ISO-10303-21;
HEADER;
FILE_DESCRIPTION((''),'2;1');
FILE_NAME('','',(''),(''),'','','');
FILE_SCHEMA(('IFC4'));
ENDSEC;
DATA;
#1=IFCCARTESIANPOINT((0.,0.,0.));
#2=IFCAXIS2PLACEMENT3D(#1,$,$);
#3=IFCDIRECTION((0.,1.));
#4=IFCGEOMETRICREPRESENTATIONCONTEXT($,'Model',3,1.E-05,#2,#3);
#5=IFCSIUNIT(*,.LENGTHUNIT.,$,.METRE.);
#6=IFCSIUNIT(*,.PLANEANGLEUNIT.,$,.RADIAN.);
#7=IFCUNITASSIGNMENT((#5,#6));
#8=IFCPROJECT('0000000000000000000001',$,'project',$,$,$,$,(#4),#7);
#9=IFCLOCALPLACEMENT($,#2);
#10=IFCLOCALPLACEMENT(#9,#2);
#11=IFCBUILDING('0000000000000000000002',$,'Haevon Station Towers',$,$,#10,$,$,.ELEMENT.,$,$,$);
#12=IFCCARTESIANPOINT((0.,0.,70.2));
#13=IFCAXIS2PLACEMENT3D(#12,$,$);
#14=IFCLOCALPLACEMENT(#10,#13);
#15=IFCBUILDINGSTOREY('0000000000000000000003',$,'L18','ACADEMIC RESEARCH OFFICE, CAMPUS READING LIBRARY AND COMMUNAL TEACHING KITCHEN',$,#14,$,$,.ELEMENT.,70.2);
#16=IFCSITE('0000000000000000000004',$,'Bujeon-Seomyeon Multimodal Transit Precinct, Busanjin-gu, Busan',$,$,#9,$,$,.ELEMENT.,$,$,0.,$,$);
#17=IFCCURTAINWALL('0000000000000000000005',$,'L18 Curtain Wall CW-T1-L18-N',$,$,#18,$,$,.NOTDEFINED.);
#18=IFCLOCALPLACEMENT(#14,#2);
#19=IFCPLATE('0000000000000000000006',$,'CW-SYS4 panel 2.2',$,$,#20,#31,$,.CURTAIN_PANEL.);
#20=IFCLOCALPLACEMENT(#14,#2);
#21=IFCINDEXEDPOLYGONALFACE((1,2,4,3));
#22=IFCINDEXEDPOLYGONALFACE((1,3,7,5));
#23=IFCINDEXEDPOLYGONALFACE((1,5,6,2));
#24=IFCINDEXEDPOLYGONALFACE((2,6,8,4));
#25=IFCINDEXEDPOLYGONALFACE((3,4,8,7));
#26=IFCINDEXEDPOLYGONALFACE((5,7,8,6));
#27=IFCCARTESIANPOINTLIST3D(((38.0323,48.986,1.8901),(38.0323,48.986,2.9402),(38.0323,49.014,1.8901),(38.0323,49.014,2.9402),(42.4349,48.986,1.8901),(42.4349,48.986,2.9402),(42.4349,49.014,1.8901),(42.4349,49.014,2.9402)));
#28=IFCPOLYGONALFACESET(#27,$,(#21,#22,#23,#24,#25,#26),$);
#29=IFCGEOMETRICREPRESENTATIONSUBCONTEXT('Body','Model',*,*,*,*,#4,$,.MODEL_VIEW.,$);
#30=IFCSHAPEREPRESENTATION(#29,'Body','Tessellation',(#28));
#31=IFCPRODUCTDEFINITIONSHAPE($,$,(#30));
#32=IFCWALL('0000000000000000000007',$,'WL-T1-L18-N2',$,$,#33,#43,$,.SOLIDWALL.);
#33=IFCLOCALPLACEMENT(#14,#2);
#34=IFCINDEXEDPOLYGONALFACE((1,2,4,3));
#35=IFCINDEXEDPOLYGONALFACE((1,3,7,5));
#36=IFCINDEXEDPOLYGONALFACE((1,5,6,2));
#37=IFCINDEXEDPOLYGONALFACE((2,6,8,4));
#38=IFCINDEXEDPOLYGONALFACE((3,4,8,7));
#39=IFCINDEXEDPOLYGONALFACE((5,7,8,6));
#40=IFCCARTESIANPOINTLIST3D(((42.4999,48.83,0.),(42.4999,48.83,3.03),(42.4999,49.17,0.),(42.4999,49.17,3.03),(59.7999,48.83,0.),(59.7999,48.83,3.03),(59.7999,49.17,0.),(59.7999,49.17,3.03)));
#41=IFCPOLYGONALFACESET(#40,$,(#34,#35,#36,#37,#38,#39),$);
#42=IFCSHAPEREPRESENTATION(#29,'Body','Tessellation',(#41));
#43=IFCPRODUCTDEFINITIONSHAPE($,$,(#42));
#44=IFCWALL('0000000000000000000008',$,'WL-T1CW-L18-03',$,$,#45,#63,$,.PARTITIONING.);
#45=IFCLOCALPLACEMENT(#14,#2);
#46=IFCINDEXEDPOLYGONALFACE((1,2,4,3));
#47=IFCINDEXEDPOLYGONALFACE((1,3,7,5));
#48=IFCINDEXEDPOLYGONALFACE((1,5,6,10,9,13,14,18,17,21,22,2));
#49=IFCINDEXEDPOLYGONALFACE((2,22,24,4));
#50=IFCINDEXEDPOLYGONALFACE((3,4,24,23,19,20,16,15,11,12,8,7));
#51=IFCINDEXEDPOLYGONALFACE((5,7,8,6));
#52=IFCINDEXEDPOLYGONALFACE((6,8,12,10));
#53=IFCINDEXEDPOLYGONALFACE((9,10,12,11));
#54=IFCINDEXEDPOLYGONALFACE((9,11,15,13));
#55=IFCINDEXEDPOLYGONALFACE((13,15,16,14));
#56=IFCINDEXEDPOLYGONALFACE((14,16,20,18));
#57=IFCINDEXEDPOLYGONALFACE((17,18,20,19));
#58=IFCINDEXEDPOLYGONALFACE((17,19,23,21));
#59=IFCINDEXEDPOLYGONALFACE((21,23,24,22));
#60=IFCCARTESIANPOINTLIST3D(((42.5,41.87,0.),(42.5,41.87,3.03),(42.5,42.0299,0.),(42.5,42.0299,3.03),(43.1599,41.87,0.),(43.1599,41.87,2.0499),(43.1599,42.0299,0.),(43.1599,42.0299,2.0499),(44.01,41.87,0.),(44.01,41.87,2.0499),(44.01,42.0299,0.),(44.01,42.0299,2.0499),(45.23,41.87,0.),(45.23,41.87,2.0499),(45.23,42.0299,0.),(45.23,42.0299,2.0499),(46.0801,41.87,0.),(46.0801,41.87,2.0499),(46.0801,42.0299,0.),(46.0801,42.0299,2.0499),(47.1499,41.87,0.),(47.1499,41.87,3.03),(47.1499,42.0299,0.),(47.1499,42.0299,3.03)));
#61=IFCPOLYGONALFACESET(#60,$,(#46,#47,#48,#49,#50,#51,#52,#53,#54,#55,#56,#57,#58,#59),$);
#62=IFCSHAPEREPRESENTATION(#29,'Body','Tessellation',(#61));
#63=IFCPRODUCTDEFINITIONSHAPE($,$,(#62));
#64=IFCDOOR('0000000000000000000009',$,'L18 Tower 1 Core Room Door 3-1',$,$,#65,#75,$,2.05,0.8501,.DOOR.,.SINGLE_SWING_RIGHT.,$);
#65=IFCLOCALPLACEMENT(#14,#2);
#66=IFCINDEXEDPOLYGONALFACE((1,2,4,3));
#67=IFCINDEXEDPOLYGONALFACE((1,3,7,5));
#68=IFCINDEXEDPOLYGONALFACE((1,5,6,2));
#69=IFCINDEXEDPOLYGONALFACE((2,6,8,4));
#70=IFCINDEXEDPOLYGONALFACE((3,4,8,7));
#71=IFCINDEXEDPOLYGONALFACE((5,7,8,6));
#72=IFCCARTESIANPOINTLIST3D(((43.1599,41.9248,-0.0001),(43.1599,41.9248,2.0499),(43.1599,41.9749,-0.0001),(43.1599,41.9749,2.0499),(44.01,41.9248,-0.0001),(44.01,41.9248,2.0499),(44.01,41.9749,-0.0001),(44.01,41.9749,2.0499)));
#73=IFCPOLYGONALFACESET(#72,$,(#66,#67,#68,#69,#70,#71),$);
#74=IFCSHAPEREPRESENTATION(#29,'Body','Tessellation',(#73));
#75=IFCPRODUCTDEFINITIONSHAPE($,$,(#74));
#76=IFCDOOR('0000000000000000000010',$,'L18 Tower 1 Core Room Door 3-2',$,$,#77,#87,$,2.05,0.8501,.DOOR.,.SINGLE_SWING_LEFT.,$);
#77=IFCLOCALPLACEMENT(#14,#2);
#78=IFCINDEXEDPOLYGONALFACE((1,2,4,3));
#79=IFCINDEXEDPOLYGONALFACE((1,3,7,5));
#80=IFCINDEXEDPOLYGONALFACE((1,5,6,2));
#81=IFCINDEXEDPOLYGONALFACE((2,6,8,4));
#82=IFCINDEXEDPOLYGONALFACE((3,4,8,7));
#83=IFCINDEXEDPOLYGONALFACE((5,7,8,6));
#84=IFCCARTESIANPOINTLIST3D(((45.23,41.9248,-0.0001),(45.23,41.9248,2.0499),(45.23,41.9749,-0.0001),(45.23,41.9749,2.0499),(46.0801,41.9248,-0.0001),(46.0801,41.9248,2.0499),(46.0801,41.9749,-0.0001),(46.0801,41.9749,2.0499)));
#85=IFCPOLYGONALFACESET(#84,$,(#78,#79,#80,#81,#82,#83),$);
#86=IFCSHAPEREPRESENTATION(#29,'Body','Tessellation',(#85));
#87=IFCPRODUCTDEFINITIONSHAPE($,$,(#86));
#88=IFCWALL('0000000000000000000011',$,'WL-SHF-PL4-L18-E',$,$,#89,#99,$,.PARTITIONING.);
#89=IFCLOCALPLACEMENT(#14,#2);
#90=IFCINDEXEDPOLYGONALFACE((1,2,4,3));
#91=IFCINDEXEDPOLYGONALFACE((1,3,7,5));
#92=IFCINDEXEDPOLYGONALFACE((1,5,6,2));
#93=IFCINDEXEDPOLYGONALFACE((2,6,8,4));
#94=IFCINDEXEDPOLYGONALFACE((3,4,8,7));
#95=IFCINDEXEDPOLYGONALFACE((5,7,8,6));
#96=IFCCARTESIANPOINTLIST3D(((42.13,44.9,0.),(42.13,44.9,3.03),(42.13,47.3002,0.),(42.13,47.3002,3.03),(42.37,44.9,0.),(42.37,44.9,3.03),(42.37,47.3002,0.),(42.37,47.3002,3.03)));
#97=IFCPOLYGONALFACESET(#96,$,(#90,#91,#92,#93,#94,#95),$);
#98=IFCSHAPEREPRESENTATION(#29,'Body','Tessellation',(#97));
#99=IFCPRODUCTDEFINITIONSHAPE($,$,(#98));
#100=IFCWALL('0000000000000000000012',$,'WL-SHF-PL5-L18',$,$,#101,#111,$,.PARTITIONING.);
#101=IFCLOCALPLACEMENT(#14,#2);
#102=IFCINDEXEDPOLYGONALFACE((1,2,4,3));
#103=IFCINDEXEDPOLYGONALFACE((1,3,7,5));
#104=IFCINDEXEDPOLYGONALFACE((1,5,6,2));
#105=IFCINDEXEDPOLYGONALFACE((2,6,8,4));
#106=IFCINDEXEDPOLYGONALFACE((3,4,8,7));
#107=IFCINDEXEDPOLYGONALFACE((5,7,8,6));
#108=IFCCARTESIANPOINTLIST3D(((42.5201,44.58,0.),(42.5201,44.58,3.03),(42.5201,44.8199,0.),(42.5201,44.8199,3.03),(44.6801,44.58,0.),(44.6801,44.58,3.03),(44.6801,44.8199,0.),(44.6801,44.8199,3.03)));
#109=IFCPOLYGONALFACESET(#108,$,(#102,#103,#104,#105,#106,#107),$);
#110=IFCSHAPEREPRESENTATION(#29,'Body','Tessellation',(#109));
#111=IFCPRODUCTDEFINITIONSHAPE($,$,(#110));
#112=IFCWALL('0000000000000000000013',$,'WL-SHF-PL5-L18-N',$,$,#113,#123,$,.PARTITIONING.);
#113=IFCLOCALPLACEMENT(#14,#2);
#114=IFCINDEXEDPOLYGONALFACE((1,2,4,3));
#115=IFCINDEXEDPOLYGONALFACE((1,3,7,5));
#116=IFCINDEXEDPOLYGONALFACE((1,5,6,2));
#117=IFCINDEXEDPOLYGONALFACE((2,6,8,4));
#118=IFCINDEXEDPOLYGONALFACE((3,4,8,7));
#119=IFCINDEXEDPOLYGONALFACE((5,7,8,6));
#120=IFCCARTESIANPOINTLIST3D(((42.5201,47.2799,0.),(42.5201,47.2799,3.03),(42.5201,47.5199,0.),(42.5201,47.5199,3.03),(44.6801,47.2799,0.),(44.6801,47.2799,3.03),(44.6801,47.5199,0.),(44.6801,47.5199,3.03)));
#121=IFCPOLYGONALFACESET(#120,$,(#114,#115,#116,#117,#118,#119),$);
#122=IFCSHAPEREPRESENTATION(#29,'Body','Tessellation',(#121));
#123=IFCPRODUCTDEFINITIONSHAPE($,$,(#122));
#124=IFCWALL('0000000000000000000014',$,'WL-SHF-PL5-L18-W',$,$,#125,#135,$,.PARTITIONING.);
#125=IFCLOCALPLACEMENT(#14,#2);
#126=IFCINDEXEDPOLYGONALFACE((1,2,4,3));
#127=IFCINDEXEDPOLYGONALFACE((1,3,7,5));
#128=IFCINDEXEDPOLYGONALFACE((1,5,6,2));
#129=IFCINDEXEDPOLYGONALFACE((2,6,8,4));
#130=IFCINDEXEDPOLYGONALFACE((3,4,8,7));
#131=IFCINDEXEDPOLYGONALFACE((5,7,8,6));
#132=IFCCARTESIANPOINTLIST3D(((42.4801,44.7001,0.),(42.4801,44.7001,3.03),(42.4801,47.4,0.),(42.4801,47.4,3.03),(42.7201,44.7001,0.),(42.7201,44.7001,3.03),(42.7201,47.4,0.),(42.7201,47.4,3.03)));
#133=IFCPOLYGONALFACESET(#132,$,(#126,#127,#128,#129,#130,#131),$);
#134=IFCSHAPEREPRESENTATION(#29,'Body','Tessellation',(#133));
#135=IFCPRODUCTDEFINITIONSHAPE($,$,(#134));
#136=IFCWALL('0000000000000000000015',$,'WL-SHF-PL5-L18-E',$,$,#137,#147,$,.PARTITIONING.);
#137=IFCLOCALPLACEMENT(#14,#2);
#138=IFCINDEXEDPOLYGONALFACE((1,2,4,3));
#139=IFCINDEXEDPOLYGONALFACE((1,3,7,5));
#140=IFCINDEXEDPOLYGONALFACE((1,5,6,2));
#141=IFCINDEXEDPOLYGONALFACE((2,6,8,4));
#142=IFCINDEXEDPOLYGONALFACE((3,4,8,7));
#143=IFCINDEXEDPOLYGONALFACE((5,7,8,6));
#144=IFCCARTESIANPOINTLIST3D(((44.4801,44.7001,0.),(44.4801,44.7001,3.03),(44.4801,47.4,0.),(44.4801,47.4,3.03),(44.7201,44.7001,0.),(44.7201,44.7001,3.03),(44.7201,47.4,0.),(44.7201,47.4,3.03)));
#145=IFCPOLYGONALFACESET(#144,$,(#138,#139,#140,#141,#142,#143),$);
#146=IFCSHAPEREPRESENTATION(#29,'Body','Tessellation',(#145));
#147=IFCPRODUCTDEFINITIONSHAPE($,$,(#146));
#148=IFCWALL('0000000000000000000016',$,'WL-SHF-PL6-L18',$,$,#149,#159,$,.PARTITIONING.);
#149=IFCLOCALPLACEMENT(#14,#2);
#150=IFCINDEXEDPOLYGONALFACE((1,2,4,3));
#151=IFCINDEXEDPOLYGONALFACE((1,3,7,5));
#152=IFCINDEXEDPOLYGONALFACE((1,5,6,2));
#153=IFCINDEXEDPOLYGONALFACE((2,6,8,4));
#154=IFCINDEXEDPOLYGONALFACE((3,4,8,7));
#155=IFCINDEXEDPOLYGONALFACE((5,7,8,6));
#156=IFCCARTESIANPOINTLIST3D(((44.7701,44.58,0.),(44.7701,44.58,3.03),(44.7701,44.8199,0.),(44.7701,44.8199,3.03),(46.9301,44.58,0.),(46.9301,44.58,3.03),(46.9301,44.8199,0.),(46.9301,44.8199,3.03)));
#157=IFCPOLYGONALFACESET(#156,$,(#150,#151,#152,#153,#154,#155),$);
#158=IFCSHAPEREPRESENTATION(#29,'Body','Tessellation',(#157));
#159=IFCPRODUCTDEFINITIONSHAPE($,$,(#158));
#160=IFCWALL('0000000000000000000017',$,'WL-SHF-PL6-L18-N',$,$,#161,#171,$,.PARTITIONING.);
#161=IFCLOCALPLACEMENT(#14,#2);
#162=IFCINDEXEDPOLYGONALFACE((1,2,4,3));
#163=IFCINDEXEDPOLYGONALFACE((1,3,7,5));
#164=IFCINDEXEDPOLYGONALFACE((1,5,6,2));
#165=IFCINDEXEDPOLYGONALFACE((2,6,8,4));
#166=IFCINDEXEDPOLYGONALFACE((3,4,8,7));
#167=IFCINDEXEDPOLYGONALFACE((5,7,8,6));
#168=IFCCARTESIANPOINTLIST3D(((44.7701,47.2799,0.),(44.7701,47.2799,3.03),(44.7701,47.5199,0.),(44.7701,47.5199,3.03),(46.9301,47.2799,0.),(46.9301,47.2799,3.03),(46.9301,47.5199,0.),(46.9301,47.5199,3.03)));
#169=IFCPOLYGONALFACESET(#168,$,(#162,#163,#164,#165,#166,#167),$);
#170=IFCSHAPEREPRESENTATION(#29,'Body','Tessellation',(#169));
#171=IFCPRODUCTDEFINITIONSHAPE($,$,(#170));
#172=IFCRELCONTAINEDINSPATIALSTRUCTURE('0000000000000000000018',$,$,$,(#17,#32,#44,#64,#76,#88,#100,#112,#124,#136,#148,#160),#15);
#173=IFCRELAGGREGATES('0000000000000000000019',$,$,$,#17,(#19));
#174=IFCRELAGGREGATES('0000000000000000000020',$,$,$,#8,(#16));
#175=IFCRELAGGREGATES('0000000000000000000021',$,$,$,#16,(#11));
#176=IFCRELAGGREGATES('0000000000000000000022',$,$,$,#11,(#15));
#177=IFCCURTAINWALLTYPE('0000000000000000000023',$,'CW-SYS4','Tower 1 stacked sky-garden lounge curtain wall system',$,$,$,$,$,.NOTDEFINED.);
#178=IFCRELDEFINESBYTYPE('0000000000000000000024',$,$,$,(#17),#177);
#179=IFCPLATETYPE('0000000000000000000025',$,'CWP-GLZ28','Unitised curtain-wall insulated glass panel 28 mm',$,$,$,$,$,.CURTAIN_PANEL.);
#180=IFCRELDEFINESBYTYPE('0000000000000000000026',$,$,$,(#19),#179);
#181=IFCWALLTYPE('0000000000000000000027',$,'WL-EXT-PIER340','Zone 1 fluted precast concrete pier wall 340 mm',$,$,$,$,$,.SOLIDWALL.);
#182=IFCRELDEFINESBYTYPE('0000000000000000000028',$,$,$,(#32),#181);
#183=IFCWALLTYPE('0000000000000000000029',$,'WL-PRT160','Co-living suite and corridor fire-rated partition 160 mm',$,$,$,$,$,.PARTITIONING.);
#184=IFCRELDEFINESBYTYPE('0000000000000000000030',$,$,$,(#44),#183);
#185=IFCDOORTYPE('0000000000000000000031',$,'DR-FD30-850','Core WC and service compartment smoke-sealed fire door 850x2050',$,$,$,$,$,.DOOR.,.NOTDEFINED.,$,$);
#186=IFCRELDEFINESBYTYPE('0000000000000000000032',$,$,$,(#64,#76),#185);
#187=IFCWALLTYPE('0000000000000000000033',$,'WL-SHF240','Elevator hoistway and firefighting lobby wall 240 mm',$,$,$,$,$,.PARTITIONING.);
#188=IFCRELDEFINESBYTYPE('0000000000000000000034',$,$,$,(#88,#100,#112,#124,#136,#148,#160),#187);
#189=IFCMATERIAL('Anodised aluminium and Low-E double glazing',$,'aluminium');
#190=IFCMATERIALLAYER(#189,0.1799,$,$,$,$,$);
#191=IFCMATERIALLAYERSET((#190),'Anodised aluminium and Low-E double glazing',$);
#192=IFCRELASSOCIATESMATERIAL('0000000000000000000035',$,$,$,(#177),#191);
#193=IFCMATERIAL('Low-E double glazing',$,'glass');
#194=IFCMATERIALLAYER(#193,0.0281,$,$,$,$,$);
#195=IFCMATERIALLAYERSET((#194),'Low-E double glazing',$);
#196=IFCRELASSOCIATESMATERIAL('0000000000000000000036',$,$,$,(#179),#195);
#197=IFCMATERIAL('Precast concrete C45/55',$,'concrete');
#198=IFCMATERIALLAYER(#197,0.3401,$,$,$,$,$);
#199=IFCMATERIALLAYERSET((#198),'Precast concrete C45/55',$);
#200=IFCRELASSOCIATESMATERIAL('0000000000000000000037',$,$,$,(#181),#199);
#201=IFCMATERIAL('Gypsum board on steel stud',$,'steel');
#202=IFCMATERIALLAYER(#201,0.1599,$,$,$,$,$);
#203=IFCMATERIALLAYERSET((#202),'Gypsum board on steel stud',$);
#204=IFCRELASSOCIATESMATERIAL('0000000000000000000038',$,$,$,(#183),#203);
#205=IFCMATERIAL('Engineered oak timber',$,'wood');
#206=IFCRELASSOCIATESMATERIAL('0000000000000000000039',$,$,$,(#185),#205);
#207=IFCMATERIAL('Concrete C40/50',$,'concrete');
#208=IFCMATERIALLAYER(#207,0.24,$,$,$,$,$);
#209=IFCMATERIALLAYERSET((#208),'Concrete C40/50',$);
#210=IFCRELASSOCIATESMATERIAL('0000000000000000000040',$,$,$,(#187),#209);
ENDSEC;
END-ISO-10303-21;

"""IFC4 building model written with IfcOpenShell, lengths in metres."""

from ifc_helpers import new_model, si_unit, direction, frame, frame_2d, origin, origin_2d, place, context, subcontext, project, spatial, rectangle, extrude, material, layer, layer_set, type_object, element, fill, aggregate, save


model = new_model("IFC4")

# Units and contexts
model_context = context("Model", 3, precision=1e-05, world=origin(), true_north=direction((0.0, 1.0)))
body_context = subcontext(model_context, "Body", "Model", "MODEL_VIEW")
ifc_project = project(units=[si_unit("LENGTHUNIT", "METRE"), si_unit("PLANEANGLEUNIT", "RADIAN")], contexts=[model_context])

# Site, building, storey
site_placement = place(None, origin())
site = spatial("IfcSite", under=ifc_project, at=site_placement, Name="Bujeon-Seomyeon Multimodal Transit Precinct, Busanjin-gu, Busan", CompositionType="ELEMENT", RefElevation=0.0)
building_placement = place(site_placement, origin())
building = spatial("IfcBuilding", under=site, at=building_placement, Name="Haevon Station Towers", CompositionType="ELEMENT")
storey_placement = place(building_placement, frame((0.0, 0.0, 70.2)))
storey = spatial("IfcBuildingStorey", under=building, at=storey_placement, Name="L18", Description="ACADEMIC RESEARCH OFFICE, CAMPUS READING LIBRARY AND COMMUNAL TEACHING KITCHEN", CompositionType="ELEMENT", Elevation=70.2)

# Curtain wall, plate
ifc_material_1 = material(Name="Anodised aluminium and Low-E double glazing", Category="aluminium")
ifc_layer_1 = layer(ifc_material_1, 0.1799)
ifc_layer_set_1 = layer_set([ifc_layer_1], Name="Anodised aluminium and Low-E double glazing")
curtain_wall_type = type_object("IfcCurtainWallType", Name="CW-SYS4", Description="Tower 1 stacked sky-garden lounge curtain wall system", PredefinedType="NOTDEFINED", material=ifc_layer_set_1)
curtain_wall_placement = place(storey_placement, origin())
curtain_wall = element("IfcCurtainWall", 1, at=curtain_wall_placement, inside=storey, type_object=curtain_wall_type, Name="L18 Curtain Wall CW-T1-L18-N", PredefinedType="NOTDEFINED")
ifc_material_2 = material(Name="Low-E double glazing", Category="glass")
ifc_layer_2 = layer(ifc_material_2, 0.0281)
ifc_layer_set_2 = layer_set([ifc_layer_2], Name="Low-E double glazing")
plate_type = type_object("IfcPlateType", Name="CWP-GLZ28", Description="Unitised curtain-wall insulated glass panel 28 mm", PredefinedType="CURTAIN_PANEL", material=ifc_layer_set_2)
plate_placement = place(storey_placement, frame((40.2336, 49.0, 1.8901), z_axis=(0.0, 0.0, 1.0), x_axis=(1.0, 0.0, 0.0)))
plate = element("IfcPlate", 2, at=plate_placement, type_object=plate_type, Name="CW-SYS4 panel 2.2", PredefinedType="CURTAIN_PANEL", context=body_context, shape_type="SweptSolid", body=[
    extrude(rectangle(XDim=4.4026, YDim=0.0281, at=origin_2d()), origin(), (0.0, 0.0, 1.0), 1.05),
])
aggregate(curtain_wall, [plate])

# Wall
ifc_material_3 = material(Name="Precast concrete C45/55", Category="concrete")
ifc_layer_3 = layer(ifc_material_3, 0.3401)
ifc_layer_set_3 = layer_set([ifc_layer_3], Name="Precast concrete C45/55")
wall_type_1 = type_object("IfcWallType", Name="WL-EXT-PIER340", Description="Zone 1 fluted precast concrete pier wall 340 mm", PredefinedType="SOLIDWALL", material=ifc_layer_set_3)
wall_1_placement = place(storey_placement, frame((42.5, 49.0, 0.0), z_axis=(0.0, 0.0, 1.0), x_axis=(1.0, 0.0, 0.0)))
element("IfcWall", 3, at=wall_1_placement, inside=storey, type_object=wall_type_1, Name="WL-T1-L18-N2", PredefinedType="SOLIDWALL", context=body_context, shape_type="SweptSolid", body=[
    extrude(rectangle(XDim=17.3, YDim=0.3401, at=frame_2d((8.6499, 0.0))), origin(), (0.0, 0.0, 1.0), 3.03),
])

# Wall, openings, doors
ifc_material_4 = material(Name="Gypsum board on steel stud", Category="steel")
ifc_layer_4 = layer(ifc_material_4, 0.1599)
ifc_layer_set_4 = layer_set([ifc_layer_4], Name="Gypsum board on steel stud")
wall_type_2 = type_object("IfcWallType", Name="WL-PRT160", Description="Co-living suite and corridor fire-rated partition 160 mm", PredefinedType="PARTITIONING", material=ifc_layer_set_4)
wall_2_placement = place(storey_placement, frame((42.5, 41.95, 0.0), z_axis=(0.0, 0.0, 1.0), x_axis=(1.0, 0.0, 0.0)))
wall_2 = element("IfcWall", 4, at=wall_2_placement, inside=storey, type_object=wall_type_2, Name="WL-T1CW-L18-03", PredefinedType="PARTITIONING", context=body_context, shape_type="SweptSolid", body=[
    extrude(rectangle(XDim=4.6499, YDim=0.1599, at=frame_2d((2.325, 0.0))), origin(), (0.0, 0.0, 1.0), 3.03),
])
opening_1_placement = place(wall_2_placement, frame((0.6599, 0.0, 0.0)))
opening_1 = element("IfcOpeningElement", 5, at=opening_1_placement, cuts=wall_2, PredefinedType="OPENING", context=body_context, shape_type="SweptSolid", body=[
    extrude(rectangle(XDim=0.8501, YDim=2.05, at=frame_2d((0.425, 1.0249))), frame((0.0, 0.0898, 0.0), z_axis=(0.0, -1.0, 0.0), x_axis=(1.0, 0.0, 0.0)), (0.0, 0.0, 1.0), 0.1799),
])
opening_2_placement = place(wall_2_placement, frame((2.73, 0.0, 0.0)))
opening_2 = element("IfcOpeningElement", 6, at=opening_2_placement, cuts=wall_2, PredefinedType="OPENING", context=body_context, shape_type="SweptSolid", body=[
    extrude(rectangle(XDim=0.8501, YDim=2.05, at=frame_2d((0.425, 1.0249))), frame((0.0, 0.0898, 0.0), z_axis=(0.0, -1.0, 0.0), x_axis=(1.0, 0.0, 0.0)), (0.0, 0.0, 1.0), 0.1799),
])
ifc_material_5 = material(Name="Engineered oak timber", Category="wood")
door_type = type_object("IfcDoorType", Name="DR-FD30-850", Description="Core WC and service compartment smoke-sealed fire door 850x2050", OperationType="NOTDEFINED", PredefinedType="DOOR", material=ifc_material_5)
door_1_placement = place(opening_1_placement, origin())
door_1 = element("IfcDoor", 7, at=door_1_placement, inside=storey, type_object=door_type, Name="L18 Tower 1 Core Room Door 3-1", OperationType="SINGLE_SWING_RIGHT", OverallHeight=2.05, OverallWidth=0.8501, PredefinedType="DOOR", context=body_context, shape_type="SweptSolid", body=[
    extrude(rectangle(XDim=0.8501, YDim=2.05, at=frame_2d((0.425, 1.0249))), frame((0.0, 0.0249, 0.0), z_axis=(0.0, -1.0, 0.0), x_axis=(1.0, 0.0, 0.0)), (0.0, 0.0, 1.0), 0.05),
])
fill(opening_1, door_1)
door_2_placement = place(opening_2_placement, origin())
door_2 = element("IfcDoor", 8, at=door_2_placement, inside=storey, type_object=door_type, Name="L18 Tower 1 Core Room Door 3-2", OperationType="SINGLE_SWING_LEFT", OverallHeight=2.05, OverallWidth=0.8501, PredefinedType="DOOR", context=body_context, shape_type="SweptSolid", body=[
    extrude(rectangle(XDim=0.8501, YDim=2.05, at=frame_2d((0.425, 1.0249))), frame((0.0, 0.0249, 0.0), z_axis=(0.0, -1.0, 0.0), x_axis=(1.0, 0.0, 0.0)), (0.0, 0.0, 1.0), 0.05),
])
fill(opening_2, door_2)

# Walls
ifc_material_6 = material(Name="Concrete C40/50", Category="concrete")
ifc_layer_5 = layer(ifc_material_6, 0.24)
ifc_layer_set_5 = layer_set([ifc_layer_5], Name="Concrete C40/50")
wall_type_3 = type_object("IfcWallType", Name="WL-SHF240", Description="Elevator hoistway and firefighting lobby wall 240 mm", PredefinedType="PARTITIONING", material=ifc_layer_set_5)
wall_3_placement = place(storey_placement, frame((42.25, 44.8999, 0.0), z_axis=(0.0, 0.0, 1.0), x_axis=(0.0, 1.0, 0.0)))
element("IfcWall", 9, at=wall_3_placement, inside=storey, type_object=wall_type_3, Name="WL-SHF-PL4-L18-E", PredefinedType="PARTITIONING", context=body_context, shape_type="SweptSolid", body=[
    extrude(rectangle(XDim=2.4001, YDim=0.24, at=frame_2d((1.2002, 0.0))), origin(), (0.0, 0.0, 1.0), 3.03),
])
for number, where, z_axis, x_axis, name in (
    (10, (42.52, 44.7, 0.0), (0.0, 0.0, 1.0), (1.0, 0.0, 0.0), "WL-SHF-PL5-L18"),
    (11, (42.52, 47.3999, 0.0), (0.0, 0.0, 1.0), (1.0, 0.0, 0.0), "WL-SHF-PL5-L18-N"),
):
    element("IfcWall", number, at=place(storey_placement, frame(where, z_axis=z_axis, x_axis=x_axis)), inside=storey, type_object=wall_type_3, Name=name, PredefinedType="PARTITIONING", context=body_context, shape_type="SweptSolid", body=[
        extrude(rectangle(XDim=2.1599, YDim=0.24, at=frame_2d((1.0801, 0.0))), origin(), (0.0, 0.0, 1.0), 3.03),
    ])
for number, where, z_axis, x_axis, name in (
    (12, (42.6001, 44.7, 0.0), (0.0, 0.0, 1.0), (0.0, 1.0, 0.0), "WL-SHF-PL5-L18-W"),
    (13, (44.6001, 44.7, 0.0), (0.0, 0.0, 1.0), (0.0, 1.0, 0.0), "WL-SHF-PL5-L18-E"),
):
    element("IfcWall", number, at=place(storey_placement, frame(where, z_axis=z_axis, x_axis=x_axis)), inside=storey, type_object=wall_type_3, Name=name, PredefinedType="PARTITIONING", context=body_context, shape_type="SweptSolid", body=[
        extrude(rectangle(XDim=2.7, YDim=0.24, at=frame_2d((1.3501, 0.0))), origin(), (0.0, 0.0, 1.0), 3.03),
    ])
for number, where, z_axis, x_axis, name in (
    (14, (44.77, 44.7, 0.0), (0.0, 0.0, 1.0), (1.0, 0.0, 0.0), "WL-SHF-PL6-L18"),
    (15, (44.77, 47.3999, 0.0), (0.0, 0.0, 1.0), (1.0, 0.0, 0.0), "WL-SHF-PL6-L18-N"),
):
    element("IfcWall", number, at=place(storey_placement, frame(where, z_axis=z_axis, x_axis=x_axis)), inside=storey, type_object=wall_type_3, Name=name, PredefinedType="PARTITIONING", context=body_context, shape_type="SweptSolid", body=[
        extrude(rectangle(XDim=2.1599, YDim=0.24, at=frame_2d((1.0801, 0.0))), origin(), (0.0, 0.0, 1.0), 3.03),
    ])

save(model, "model.ifc")
